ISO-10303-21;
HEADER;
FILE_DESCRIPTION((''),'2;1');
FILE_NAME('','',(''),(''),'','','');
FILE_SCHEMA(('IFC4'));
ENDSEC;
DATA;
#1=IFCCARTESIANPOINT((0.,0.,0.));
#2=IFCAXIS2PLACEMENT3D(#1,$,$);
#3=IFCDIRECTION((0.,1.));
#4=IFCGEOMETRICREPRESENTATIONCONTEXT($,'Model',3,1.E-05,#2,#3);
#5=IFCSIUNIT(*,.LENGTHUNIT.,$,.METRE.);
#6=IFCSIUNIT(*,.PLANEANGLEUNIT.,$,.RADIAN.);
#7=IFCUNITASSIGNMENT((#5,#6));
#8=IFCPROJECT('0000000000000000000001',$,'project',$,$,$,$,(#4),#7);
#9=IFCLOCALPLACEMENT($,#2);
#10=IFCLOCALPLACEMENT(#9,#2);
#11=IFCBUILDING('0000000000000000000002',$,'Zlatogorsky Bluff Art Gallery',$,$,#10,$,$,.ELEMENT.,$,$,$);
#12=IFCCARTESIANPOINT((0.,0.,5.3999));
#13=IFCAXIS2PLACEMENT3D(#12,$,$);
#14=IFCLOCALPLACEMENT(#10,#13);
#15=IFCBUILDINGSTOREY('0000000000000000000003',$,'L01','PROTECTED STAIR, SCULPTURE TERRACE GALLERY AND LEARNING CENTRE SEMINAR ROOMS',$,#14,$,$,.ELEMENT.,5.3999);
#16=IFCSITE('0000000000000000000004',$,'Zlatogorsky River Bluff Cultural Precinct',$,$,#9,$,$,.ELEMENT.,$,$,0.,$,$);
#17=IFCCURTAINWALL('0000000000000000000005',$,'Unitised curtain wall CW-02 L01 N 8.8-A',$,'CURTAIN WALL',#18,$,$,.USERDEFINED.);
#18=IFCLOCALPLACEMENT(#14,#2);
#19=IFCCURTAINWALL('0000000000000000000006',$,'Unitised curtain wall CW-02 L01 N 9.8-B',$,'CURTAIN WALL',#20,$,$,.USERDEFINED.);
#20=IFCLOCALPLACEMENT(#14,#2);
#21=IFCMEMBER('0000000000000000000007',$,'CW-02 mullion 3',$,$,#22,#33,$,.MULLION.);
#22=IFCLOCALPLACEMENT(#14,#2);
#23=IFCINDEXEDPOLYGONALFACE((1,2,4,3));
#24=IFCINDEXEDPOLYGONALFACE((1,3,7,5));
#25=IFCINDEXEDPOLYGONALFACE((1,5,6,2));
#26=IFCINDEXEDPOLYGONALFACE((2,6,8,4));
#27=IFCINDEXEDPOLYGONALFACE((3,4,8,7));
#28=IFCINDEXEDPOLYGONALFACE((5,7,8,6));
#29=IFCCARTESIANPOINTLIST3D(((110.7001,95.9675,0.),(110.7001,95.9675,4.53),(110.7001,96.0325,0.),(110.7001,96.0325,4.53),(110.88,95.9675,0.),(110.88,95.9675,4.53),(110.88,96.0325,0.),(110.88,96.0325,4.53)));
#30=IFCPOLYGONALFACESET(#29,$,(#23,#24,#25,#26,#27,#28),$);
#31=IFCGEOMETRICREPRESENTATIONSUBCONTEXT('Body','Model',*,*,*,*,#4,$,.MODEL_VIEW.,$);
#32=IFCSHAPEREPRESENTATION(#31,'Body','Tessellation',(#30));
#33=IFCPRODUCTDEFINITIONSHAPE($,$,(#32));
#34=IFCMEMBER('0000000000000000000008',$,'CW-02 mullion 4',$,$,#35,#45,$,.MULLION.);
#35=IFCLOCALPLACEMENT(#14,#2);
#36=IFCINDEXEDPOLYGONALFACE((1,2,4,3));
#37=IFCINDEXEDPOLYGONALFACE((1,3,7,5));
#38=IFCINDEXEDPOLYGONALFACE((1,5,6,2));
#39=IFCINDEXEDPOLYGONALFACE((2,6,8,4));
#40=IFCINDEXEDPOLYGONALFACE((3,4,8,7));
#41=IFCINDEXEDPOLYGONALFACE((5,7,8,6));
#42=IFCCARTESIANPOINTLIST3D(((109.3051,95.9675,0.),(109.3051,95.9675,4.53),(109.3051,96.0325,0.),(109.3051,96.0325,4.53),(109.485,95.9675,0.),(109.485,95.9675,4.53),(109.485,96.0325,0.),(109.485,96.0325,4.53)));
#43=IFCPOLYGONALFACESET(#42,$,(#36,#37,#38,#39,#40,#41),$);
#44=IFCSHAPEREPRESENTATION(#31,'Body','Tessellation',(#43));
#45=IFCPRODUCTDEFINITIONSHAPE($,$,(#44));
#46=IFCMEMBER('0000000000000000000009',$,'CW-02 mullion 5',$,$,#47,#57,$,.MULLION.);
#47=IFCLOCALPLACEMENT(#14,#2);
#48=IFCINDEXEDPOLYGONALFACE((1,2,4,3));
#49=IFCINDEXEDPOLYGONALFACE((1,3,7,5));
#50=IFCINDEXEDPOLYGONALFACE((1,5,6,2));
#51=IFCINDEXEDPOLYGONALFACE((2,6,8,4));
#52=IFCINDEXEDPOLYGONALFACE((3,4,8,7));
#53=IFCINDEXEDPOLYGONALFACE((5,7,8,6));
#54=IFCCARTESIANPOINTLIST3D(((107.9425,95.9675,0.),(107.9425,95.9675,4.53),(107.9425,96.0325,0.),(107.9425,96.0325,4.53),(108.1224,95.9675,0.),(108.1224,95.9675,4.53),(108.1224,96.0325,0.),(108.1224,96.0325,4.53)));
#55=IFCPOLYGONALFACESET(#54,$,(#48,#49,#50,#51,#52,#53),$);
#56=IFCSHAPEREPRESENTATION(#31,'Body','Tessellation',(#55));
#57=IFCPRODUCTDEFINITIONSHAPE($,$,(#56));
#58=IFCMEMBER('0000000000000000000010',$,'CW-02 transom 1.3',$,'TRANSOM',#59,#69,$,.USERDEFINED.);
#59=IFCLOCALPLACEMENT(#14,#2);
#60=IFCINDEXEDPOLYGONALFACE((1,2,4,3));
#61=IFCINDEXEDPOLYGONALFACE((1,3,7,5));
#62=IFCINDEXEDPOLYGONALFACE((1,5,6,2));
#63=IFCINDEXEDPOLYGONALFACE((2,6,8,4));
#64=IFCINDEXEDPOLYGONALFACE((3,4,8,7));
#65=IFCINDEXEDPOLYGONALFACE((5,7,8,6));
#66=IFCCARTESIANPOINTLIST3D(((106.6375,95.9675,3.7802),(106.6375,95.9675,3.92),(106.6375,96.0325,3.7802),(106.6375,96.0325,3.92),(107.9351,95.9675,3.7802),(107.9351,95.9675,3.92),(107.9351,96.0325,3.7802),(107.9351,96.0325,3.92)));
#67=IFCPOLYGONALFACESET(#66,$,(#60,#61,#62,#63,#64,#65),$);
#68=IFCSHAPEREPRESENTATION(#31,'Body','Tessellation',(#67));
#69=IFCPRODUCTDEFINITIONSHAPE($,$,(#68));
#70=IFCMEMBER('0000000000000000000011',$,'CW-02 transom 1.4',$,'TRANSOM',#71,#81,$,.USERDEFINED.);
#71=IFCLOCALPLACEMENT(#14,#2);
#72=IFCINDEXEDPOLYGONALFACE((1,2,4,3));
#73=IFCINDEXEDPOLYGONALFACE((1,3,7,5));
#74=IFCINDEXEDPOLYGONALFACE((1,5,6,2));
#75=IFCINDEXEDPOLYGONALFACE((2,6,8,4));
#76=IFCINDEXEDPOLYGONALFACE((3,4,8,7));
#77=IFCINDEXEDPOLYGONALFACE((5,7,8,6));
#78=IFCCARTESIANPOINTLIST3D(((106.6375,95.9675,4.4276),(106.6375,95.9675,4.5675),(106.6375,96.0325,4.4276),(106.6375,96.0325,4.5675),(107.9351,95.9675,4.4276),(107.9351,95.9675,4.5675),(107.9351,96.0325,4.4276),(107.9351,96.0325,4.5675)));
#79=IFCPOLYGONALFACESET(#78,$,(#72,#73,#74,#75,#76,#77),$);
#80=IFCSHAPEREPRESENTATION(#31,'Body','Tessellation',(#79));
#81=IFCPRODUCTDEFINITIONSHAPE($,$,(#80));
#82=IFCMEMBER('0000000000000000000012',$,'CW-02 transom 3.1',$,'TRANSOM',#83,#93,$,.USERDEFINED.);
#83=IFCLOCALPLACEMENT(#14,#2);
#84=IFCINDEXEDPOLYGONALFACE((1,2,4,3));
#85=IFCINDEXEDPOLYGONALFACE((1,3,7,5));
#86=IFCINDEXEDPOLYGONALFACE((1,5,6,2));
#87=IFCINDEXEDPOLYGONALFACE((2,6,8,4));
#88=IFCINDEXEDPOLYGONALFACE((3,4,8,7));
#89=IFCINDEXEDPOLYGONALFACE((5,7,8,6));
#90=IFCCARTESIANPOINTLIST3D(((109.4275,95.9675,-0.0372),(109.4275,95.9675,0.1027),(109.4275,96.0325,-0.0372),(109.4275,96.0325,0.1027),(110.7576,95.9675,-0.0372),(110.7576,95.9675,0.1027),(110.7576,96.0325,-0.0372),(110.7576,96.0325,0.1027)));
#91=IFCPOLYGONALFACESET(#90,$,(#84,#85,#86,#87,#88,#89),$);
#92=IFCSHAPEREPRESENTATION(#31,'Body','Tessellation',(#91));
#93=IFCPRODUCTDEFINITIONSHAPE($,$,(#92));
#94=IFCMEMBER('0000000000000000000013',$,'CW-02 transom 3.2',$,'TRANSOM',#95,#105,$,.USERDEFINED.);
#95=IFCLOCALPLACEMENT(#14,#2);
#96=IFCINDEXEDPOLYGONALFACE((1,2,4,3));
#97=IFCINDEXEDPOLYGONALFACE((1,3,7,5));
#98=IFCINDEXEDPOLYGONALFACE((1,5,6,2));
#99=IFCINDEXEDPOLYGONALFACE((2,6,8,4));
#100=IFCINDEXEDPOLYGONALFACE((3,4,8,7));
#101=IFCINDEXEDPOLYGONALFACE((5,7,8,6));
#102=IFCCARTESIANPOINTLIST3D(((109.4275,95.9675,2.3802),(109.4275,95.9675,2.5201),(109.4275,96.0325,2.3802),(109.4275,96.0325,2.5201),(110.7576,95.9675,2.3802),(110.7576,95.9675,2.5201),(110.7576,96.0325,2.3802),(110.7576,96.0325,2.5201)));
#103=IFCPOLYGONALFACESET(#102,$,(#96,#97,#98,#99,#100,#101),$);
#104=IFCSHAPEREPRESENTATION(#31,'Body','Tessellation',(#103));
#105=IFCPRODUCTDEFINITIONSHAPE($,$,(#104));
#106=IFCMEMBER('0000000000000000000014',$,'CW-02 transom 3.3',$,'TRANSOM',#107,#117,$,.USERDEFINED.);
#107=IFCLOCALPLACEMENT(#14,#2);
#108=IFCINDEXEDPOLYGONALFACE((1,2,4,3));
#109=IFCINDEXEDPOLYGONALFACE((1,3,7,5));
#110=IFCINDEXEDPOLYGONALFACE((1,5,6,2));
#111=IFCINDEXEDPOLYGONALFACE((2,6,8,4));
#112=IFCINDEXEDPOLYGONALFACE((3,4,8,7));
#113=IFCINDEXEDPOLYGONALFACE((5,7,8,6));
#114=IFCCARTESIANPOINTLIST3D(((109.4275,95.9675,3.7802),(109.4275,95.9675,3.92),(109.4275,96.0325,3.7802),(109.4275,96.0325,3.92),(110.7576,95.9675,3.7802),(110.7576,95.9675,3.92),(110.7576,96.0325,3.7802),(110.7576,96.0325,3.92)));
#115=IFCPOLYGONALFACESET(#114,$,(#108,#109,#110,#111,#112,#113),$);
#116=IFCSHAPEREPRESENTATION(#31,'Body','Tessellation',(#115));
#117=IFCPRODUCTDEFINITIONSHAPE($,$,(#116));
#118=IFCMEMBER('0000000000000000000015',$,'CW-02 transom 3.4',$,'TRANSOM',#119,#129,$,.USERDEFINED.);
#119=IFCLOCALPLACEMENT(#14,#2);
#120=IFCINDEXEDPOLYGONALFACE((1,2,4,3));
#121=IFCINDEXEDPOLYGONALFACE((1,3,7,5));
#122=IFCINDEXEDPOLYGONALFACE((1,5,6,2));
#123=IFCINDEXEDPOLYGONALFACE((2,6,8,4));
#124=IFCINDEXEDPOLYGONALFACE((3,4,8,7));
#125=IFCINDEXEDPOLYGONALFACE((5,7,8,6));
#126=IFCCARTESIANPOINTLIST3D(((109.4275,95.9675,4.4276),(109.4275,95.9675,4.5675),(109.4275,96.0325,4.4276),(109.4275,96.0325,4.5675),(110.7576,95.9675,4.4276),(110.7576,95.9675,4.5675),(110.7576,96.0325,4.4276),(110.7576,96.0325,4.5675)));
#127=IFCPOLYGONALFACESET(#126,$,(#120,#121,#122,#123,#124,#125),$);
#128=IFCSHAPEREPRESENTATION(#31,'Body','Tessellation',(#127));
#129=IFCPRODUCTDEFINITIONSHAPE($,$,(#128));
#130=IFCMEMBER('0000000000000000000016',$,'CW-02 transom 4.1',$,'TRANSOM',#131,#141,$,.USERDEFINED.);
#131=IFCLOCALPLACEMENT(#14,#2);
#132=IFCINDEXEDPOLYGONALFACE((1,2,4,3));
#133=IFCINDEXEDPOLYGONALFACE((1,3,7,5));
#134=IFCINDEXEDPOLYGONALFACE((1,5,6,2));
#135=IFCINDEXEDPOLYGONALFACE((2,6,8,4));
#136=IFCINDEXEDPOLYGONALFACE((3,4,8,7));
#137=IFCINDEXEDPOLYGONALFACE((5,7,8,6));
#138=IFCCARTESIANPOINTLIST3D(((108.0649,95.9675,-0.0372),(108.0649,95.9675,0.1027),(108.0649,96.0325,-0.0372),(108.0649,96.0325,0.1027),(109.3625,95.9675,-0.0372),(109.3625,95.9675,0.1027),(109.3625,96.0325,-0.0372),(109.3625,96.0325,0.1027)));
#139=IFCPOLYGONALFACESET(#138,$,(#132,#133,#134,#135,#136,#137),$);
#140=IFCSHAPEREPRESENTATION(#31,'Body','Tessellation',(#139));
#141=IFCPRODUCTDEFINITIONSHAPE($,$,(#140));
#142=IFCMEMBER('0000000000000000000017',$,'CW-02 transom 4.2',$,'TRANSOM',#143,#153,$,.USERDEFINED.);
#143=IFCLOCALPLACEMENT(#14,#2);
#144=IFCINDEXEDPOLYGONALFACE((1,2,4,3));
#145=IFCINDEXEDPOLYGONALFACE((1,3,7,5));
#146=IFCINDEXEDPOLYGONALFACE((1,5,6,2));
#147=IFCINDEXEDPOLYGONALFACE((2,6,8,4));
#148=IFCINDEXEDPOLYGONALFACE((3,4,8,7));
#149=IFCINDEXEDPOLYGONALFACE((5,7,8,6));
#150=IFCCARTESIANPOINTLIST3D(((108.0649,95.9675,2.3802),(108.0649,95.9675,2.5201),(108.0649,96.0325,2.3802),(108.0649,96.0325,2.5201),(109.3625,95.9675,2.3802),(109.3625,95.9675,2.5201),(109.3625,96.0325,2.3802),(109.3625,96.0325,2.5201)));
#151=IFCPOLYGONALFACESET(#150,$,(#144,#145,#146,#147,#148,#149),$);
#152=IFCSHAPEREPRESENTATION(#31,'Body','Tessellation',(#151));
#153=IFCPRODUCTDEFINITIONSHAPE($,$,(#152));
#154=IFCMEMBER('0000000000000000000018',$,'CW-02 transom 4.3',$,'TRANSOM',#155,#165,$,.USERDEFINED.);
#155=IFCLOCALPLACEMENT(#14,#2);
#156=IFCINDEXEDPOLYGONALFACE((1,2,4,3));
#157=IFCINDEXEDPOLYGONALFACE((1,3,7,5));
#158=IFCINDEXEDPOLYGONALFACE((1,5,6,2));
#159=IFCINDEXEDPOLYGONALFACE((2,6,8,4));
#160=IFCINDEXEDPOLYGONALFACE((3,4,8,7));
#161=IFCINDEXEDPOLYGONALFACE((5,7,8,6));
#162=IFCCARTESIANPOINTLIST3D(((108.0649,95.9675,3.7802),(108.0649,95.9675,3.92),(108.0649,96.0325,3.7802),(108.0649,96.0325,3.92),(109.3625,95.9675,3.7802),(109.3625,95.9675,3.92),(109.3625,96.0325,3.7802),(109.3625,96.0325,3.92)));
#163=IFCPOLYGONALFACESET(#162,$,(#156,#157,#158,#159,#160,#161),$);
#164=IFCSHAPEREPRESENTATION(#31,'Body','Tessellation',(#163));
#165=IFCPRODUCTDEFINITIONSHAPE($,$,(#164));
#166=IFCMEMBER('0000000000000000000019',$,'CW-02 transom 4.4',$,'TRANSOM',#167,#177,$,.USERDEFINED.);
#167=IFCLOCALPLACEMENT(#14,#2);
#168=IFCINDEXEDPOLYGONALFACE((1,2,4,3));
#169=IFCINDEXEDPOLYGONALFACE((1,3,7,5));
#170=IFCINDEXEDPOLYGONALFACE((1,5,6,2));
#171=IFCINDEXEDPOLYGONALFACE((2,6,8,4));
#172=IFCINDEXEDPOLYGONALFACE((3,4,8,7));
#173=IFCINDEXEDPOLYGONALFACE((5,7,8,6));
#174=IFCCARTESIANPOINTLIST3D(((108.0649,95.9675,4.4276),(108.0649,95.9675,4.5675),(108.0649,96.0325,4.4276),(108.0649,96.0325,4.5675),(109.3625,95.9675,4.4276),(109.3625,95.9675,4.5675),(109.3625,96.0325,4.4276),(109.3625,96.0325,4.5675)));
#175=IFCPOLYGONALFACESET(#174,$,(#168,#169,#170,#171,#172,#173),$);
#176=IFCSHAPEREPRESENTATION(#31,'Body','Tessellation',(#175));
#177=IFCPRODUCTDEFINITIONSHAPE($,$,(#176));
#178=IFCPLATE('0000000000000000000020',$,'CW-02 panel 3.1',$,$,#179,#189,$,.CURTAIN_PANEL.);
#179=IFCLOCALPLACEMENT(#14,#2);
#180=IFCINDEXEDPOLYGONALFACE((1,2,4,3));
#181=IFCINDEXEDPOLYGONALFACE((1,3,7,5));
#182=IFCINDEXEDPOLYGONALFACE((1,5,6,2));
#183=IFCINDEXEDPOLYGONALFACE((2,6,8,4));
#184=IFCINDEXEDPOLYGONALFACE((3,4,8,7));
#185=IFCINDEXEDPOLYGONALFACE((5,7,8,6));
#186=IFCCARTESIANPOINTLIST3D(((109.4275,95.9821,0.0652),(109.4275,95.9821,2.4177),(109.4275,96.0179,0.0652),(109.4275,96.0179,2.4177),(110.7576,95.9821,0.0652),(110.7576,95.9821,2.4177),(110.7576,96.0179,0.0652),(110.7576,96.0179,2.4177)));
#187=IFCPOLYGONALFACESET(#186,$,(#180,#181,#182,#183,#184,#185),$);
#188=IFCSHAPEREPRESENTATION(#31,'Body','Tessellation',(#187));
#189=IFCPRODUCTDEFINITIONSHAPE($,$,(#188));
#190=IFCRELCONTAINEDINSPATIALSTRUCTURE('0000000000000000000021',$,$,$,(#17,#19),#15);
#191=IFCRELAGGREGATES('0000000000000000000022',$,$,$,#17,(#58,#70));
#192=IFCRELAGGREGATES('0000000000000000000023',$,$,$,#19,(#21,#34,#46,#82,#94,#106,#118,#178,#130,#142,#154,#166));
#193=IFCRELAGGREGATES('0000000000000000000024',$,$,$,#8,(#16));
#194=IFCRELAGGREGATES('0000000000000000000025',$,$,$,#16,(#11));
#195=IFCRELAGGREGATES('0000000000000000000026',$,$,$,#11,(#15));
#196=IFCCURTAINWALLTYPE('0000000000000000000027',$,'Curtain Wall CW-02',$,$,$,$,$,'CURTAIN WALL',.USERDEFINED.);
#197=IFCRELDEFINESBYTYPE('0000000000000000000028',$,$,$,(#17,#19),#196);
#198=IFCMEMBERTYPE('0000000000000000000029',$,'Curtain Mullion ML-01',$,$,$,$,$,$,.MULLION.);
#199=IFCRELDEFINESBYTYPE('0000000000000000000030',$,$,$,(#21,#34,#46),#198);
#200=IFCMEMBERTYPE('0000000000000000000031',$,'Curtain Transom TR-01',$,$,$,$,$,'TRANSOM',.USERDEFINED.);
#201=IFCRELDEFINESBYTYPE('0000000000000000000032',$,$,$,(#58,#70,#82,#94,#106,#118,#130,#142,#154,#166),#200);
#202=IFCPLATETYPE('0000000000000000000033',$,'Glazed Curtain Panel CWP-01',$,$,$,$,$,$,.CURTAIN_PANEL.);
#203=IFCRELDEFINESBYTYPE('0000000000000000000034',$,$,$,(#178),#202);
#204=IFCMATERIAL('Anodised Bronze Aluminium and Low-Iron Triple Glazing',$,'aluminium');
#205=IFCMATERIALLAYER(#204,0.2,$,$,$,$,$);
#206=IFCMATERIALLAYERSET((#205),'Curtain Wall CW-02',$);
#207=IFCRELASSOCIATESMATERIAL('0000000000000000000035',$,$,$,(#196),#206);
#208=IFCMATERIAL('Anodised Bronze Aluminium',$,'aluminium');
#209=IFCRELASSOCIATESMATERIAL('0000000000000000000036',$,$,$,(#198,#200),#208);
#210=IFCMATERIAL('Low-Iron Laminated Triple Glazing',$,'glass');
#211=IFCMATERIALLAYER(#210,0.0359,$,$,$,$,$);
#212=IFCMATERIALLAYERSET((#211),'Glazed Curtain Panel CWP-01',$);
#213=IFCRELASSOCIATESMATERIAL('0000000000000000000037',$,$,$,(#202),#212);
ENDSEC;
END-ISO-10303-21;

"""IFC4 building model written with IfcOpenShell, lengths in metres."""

from ifc_helpers import new_model, si_unit, direction, frame, origin, origin_2d, place, context, subcontext, project, spatial, rectangle, extrude, material, layer, layer_set, material_profile, profile_set, type_object, element, aggregate, save


model = new_model("IFC4")

# Units and contexts
model_context = context("Model", 3, precision=1e-05, world=origin(), true_north=direction((0.0, 1.0)))
body_context = subcontext(model_context, "Body", "Model", "MODEL_VIEW")
ifc_project = project(units=[si_unit("LENGTHUNIT", "METRE"), si_unit("PLANEANGLEUNIT", "RADIAN")], contexts=[model_context])

# Site, building, storey
site_placement = place(None, origin())
site = spatial("IfcSite", under=ifc_project, at=site_placement, Name="Zlatogorsky River Bluff Cultural Precinct", CompositionType="ELEMENT", RefElevation=0.0)
building_placement = place(site_placement, origin())
building = spatial("IfcBuilding", under=site, at=building_placement, Name="Zlatogorsky Bluff Art Gallery", CompositionType="ELEMENT")
storey_placement = place(building_placement, frame((0.0, 0.0, 5.3999)))
storey = spatial("IfcBuildingStorey", under=building, at=storey_placement, Name="L01", Description="PROTECTED STAIR, SCULPTURE TERRACE GALLERY AND LEARNING CENTRE SEMINAR ROOMS", CompositionType="ELEMENT", Elevation=5.3999)

# Curtain wall
ifc_material_1 = material(Name="Anodised Bronze Aluminium and Low-Iron Triple Glazing", Category="aluminium")
ifc_layer_1 = layer(ifc_material_1, 0.2)
ifc_layer_set_1 = layer_set([ifc_layer_1], Name="Curtain Wall CW-02")
curtain_wall_type = type_object("IfcCurtainWallType", Name="Curtain Wall CW-02", ElementType="CURTAIN WALL", PredefinedType="USERDEFINED", material=ifc_layer_set_1)
curtain_wall_1_placement = place(storey_placement, origin())
curtain_wall_1 = element("IfcCurtainWall", 1, at=curtain_wall_1_placement, inside=storey, type_object=curtain_wall_type, Name="Unitised curtain wall CW-02 L01 N 8.8-A", ObjectType="CURTAIN WALL", PredefinedType="USERDEFINED")
ifc_material_2 = material(Name="Anodised Bronze Aluminium", Category="aluminium")
ifc_material_profile_1 = material_profile(ifc_material_2, rectangle(XDim=0.0649, YDim=0.1799, at=origin_2d()), Name="ALU MULLION 65x180")
ifc_profile_set_1 = profile_set([ifc_material_profile_1], Name="Anodised Bronze Aluminium")
member_type_1 = type_object("IfcMemberType", Name="Curtain Mullion ML-01", PredefinedType="MULLION", material=ifc_profile_set_1)

# Curtain wall, members
curtain_wall_2_placement = place(storey_placement, origin())
curtain_wall_2 = element("IfcCurtainWall", 2, at=curtain_wall_2_placement, inside=storey, type_object=curtain_wall_type, Name="Unitised curtain wall CW-02 L01 N 9.8-B", ObjectType="CURTAIN WALL", PredefinedType="USERDEFINED")
member_1_placement = place(storey_placement, frame((110.79, 96.0, 0.0), z_axis=(0.0, 0.0, 1.0), x_axis=(0.0, -1.0, 0.0)))
member_1 = element("IfcMember", 3, at=member_1_placement, type_object=member_type_1, Name="CW-02 mullion 3", PredefinedType="MULLION", context=body_context, shape_type="SweptSolid", body=[
    extrude(rectangle(XDim=0.0649, YDim=0.1799, at=origin_2d()), origin(), (0.0, 0.0, 1.0), 4.53),
])
member_2_placement = place(storey_placement, frame((109.395, 96.0, 0.0), z_axis=(0.0, 0.0, 1.0), x_axis=(0.0, -1.0, 0.0)))
member_2 = element("IfcMember", 4, at=member_2_placement, type_object=member_type_1, Name="CW-02 mullion 4", PredefinedType="MULLION", context=body_context, shape_type="SweptSolid", body=[
    extrude(rectangle(XDim=0.0649, YDim=0.1799, at=origin_2d()), origin(), (0.0, 0.0, 1.0), 4.53),
])
member_3_placement = place(storey_placement, frame((108.0325, 96.0, 0.0), z_axis=(0.0, 0.0, 1.0), x_axis=(0.0, -1.0, 0.0)))
member_3 = element("IfcMember", 5, at=member_3_placement, type_object=member_type_1, Name="CW-02 mullion 5", PredefinedType="MULLION", context=body_context, shape_type="SweptSolid", body=[
    extrude(rectangle(XDim=0.0649, YDim=0.1799, at=origin_2d()), origin(), (0.0, 0.0, 1.0), 4.53),
])

# Members
ifc_material_profile_2 = material_profile(ifc_material_2, rectangle(XDim=0.0649, YDim=0.1399, at=origin_2d()), Name="ALU TRANSOM 65x140")
ifc_profile_set_2 = profile_set([ifc_material_profile_2], Name="Anodised Bronze Aluminium")
member_type_2 = type_object("IfcMemberType", Name="Curtain Transom TR-01", ElementType="TRANSOM", PredefinedType="USERDEFINED", material=ifc_profile_set_2)
member_4_placement = place(storey_placement, frame((107.9351, 96.0, 3.8501), z_axis=(-1.0, 0.0, 0.0), x_axis=(0.0, -1.0, 0.0)))
member_4 = element("IfcMember", 6, at=member_4_placement, type_object=member_type_2, Name="CW-02 transom 1.3", ObjectType="TRANSOM", PredefinedType="USERDEFINED", context=body_context, shape_type="SweptSolid", body=[
    extrude(rectangle(XDim=0.0649, YDim=0.1399, at=origin_2d()), origin(), (0.0, 0.0, 1.0), 1.2976),
])
member_5_placement = place(storey_placement, frame((107.9351, 96.0, 4.4976), z_axis=(-1.0, 0.0, 0.0), x_axis=(0.0, -1.0, 0.0)))
member_5 = element("IfcMember", 7, at=member_5_placement, type_object=member_type_2, Name="CW-02 transom 1.4", ObjectType="TRANSOM", PredefinedType="USERDEFINED", context=body_context, shape_type="SweptSolid", body=[
    extrude(rectangle(XDim=0.0649, YDim=0.1399, at=origin_2d()), origin(), (0.0, 0.0, 1.0), 1.2976),
])
aggregate(curtain_wall_1, [member_4, member_5])
member_6_placement = place(storey_placement, frame((110.7576, 96.0, 0.0327), z_axis=(-1.0, 0.0, 0.0), x_axis=(0.0, -1.0, 0.0)))
member_6 = element("IfcMember", 8, at=member_6_placement, type_object=member_type_2, Name="CW-02 transom 3.1", ObjectType="TRANSOM", PredefinedType="USERDEFINED", context=body_context, shape_type="SweptSolid", body=[
    extrude(rectangle(XDim=0.0649, YDim=0.1399, at=origin_2d()), origin(), (0.0, 0.0, 1.0), 1.3301),
])
member_7_placement = place(storey_placement, frame((110.7576, 96.0, 2.4502), z_axis=(-1.0, 0.0, 0.0), x_axis=(0.0, -1.0, 0.0)))
member_7 = element("IfcMember", 9, at=member_7_placement, type_object=member_type_2, Name="CW-02 transom 3.2", ObjectType="TRANSOM", PredefinedType="USERDEFINED", context=body_context, shape_type="SweptSolid", body=[
    extrude(rectangle(XDim=0.0649, YDim=0.1399, at=origin_2d()), origin(), (0.0, 0.0, 1.0), 1.3301),
])
member_8_placement = place(storey_placement, frame((110.7576, 96.0, 3.8501), z_axis=(-1.0, 0.0, 0.0), x_axis=(0.0, -1.0, 0.0)))
member_8 = element("IfcMember", 10, at=member_8_placement, type_object=member_type_2, Name="CW-02 transom 3.3", ObjectType="TRANSOM", PredefinedType="USERDEFINED", context=body_context, shape_type="SweptSolid", body=[
    extrude(rectangle(XDim=0.0649, YDim=0.1399, at=origin_2d()), origin(), (0.0, 0.0, 1.0), 1.3301),
])
member_9_placement = place(storey_placement, frame((110.7576, 96.0, 4.4976), z_axis=(-1.0, 0.0, 0.0), x_axis=(0.0, -1.0, 0.0)))
member_9 = element("IfcMember", 11, at=member_9_placement, type_object=member_type_2, Name="CW-02 transom 3.4", ObjectType="TRANSOM", PredefinedType="USERDEFINED", context=body_context, shape_type="SweptSolid", body=[
    extrude(rectangle(XDim=0.0649, YDim=0.1399, at=origin_2d()), origin(), (0.0, 0.0, 1.0), 1.3301),
])
member_10_placement = place(storey_placement, frame((109.3625, 96.0, 0.0327), z_axis=(-1.0, 0.0, 0.0), x_axis=(0.0, -1.0, 0.0)))
member_10 = element("IfcMember", 12, at=member_10_placement, type_object=member_type_2, Name="CW-02 transom 4.1", ObjectType="TRANSOM", PredefinedType="USERDEFINED", context=body_context, shape_type="SweptSolid", body=[
    extrude(rectangle(XDim=0.0649, YDim=0.1399, at=origin_2d()), origin(), (0.0, 0.0, 1.0), 1.2976),
])
member_11_placement = place(storey_placement, frame((109.3625, 96.0, 2.4502), z_axis=(-1.0, 0.0, 0.0), x_axis=(0.0, -1.0, 0.0)))
member_11 = element("IfcMember", 13, at=member_11_placement, type_object=member_type_2, Name="CW-02 transom 4.2", ObjectType="TRANSOM", PredefinedType="USERDEFINED", context=body_context, shape_type="SweptSolid", body=[
    extrude(rectangle(XDim=0.0649, YDim=0.1399, at=origin_2d()), origin(), (0.0, 0.0, 1.0), 1.2976),
])
member_12_placement = place(storey_placement, frame((109.3625, 96.0, 3.8501), z_axis=(-1.0, 0.0, 0.0), x_axis=(0.0, -1.0, 0.0)))
member_12 = element("IfcMember", 14, at=member_12_placement, type_object=member_type_2, Name="CW-02 transom 4.3", ObjectType="TRANSOM", PredefinedType="USERDEFINED", context=body_context, shape_type="SweptSolid", body=[
    extrude(rectangle(XDim=0.0649, YDim=0.1399, at=origin_2d()), origin(), (0.0, 0.0, 1.0), 1.2976),
])
member_13_placement = place(storey_placement, frame((109.3625, 96.0, 4.4976), z_axis=(-1.0, 0.0, 0.0), x_axis=(0.0, -1.0, 0.0)))
member_13 = element("IfcMember", 15, at=member_13_placement, type_object=member_type_2, Name="CW-02 transom 4.4", ObjectType="TRANSOM", PredefinedType="USERDEFINED", context=body_context, shape_type="SweptSolid", body=[
    extrude(rectangle(XDim=0.0649, YDim=0.1399, at=origin_2d()), origin(), (0.0, 0.0, 1.0), 1.2976),
])

# Plate
ifc_material_3 = material(Name="Low-Iron Laminated Triple Glazing", Category="glass")
ifc_layer_2 = layer(ifc_material_3, 0.0359)
ifc_layer_set_2 = layer_set([ifc_layer_2], Name="Glazed Curtain Panel CWP-01")
plate_type = type_object("IfcPlateType", Name="Glazed Curtain Panel CWP-01", PredefinedType="CURTAIN_PANEL", material=ifc_layer_set_2)
plate_1_placement = place(storey_placement, frame((110.0925, 96.0, 0.0652), z_axis=(0.0, 0.0, 1.0), x_axis=(-1.0, 0.0, 0.0)))
plate_1 = element("IfcPlate", 16, at=plate_1_placement, type_object=plate_type, Name="CW-02 panel 3.1", PredefinedType="CURTAIN_PANEL", context=body_context, shape_type="SweptSolid", body=[
    extrude(rectangle(XDim=1.3301, YDim=0.0359, at=origin_2d()), origin(), (0.0, 0.0, 1.0), 2.3525),
])
aggregate(curtain_wall_2, [member_1, member_2, member_3, member_6, member_7, member_8, member_9, plate_1, member_10, member_11, member_12, member_13])

save(model, "model.ifc")
